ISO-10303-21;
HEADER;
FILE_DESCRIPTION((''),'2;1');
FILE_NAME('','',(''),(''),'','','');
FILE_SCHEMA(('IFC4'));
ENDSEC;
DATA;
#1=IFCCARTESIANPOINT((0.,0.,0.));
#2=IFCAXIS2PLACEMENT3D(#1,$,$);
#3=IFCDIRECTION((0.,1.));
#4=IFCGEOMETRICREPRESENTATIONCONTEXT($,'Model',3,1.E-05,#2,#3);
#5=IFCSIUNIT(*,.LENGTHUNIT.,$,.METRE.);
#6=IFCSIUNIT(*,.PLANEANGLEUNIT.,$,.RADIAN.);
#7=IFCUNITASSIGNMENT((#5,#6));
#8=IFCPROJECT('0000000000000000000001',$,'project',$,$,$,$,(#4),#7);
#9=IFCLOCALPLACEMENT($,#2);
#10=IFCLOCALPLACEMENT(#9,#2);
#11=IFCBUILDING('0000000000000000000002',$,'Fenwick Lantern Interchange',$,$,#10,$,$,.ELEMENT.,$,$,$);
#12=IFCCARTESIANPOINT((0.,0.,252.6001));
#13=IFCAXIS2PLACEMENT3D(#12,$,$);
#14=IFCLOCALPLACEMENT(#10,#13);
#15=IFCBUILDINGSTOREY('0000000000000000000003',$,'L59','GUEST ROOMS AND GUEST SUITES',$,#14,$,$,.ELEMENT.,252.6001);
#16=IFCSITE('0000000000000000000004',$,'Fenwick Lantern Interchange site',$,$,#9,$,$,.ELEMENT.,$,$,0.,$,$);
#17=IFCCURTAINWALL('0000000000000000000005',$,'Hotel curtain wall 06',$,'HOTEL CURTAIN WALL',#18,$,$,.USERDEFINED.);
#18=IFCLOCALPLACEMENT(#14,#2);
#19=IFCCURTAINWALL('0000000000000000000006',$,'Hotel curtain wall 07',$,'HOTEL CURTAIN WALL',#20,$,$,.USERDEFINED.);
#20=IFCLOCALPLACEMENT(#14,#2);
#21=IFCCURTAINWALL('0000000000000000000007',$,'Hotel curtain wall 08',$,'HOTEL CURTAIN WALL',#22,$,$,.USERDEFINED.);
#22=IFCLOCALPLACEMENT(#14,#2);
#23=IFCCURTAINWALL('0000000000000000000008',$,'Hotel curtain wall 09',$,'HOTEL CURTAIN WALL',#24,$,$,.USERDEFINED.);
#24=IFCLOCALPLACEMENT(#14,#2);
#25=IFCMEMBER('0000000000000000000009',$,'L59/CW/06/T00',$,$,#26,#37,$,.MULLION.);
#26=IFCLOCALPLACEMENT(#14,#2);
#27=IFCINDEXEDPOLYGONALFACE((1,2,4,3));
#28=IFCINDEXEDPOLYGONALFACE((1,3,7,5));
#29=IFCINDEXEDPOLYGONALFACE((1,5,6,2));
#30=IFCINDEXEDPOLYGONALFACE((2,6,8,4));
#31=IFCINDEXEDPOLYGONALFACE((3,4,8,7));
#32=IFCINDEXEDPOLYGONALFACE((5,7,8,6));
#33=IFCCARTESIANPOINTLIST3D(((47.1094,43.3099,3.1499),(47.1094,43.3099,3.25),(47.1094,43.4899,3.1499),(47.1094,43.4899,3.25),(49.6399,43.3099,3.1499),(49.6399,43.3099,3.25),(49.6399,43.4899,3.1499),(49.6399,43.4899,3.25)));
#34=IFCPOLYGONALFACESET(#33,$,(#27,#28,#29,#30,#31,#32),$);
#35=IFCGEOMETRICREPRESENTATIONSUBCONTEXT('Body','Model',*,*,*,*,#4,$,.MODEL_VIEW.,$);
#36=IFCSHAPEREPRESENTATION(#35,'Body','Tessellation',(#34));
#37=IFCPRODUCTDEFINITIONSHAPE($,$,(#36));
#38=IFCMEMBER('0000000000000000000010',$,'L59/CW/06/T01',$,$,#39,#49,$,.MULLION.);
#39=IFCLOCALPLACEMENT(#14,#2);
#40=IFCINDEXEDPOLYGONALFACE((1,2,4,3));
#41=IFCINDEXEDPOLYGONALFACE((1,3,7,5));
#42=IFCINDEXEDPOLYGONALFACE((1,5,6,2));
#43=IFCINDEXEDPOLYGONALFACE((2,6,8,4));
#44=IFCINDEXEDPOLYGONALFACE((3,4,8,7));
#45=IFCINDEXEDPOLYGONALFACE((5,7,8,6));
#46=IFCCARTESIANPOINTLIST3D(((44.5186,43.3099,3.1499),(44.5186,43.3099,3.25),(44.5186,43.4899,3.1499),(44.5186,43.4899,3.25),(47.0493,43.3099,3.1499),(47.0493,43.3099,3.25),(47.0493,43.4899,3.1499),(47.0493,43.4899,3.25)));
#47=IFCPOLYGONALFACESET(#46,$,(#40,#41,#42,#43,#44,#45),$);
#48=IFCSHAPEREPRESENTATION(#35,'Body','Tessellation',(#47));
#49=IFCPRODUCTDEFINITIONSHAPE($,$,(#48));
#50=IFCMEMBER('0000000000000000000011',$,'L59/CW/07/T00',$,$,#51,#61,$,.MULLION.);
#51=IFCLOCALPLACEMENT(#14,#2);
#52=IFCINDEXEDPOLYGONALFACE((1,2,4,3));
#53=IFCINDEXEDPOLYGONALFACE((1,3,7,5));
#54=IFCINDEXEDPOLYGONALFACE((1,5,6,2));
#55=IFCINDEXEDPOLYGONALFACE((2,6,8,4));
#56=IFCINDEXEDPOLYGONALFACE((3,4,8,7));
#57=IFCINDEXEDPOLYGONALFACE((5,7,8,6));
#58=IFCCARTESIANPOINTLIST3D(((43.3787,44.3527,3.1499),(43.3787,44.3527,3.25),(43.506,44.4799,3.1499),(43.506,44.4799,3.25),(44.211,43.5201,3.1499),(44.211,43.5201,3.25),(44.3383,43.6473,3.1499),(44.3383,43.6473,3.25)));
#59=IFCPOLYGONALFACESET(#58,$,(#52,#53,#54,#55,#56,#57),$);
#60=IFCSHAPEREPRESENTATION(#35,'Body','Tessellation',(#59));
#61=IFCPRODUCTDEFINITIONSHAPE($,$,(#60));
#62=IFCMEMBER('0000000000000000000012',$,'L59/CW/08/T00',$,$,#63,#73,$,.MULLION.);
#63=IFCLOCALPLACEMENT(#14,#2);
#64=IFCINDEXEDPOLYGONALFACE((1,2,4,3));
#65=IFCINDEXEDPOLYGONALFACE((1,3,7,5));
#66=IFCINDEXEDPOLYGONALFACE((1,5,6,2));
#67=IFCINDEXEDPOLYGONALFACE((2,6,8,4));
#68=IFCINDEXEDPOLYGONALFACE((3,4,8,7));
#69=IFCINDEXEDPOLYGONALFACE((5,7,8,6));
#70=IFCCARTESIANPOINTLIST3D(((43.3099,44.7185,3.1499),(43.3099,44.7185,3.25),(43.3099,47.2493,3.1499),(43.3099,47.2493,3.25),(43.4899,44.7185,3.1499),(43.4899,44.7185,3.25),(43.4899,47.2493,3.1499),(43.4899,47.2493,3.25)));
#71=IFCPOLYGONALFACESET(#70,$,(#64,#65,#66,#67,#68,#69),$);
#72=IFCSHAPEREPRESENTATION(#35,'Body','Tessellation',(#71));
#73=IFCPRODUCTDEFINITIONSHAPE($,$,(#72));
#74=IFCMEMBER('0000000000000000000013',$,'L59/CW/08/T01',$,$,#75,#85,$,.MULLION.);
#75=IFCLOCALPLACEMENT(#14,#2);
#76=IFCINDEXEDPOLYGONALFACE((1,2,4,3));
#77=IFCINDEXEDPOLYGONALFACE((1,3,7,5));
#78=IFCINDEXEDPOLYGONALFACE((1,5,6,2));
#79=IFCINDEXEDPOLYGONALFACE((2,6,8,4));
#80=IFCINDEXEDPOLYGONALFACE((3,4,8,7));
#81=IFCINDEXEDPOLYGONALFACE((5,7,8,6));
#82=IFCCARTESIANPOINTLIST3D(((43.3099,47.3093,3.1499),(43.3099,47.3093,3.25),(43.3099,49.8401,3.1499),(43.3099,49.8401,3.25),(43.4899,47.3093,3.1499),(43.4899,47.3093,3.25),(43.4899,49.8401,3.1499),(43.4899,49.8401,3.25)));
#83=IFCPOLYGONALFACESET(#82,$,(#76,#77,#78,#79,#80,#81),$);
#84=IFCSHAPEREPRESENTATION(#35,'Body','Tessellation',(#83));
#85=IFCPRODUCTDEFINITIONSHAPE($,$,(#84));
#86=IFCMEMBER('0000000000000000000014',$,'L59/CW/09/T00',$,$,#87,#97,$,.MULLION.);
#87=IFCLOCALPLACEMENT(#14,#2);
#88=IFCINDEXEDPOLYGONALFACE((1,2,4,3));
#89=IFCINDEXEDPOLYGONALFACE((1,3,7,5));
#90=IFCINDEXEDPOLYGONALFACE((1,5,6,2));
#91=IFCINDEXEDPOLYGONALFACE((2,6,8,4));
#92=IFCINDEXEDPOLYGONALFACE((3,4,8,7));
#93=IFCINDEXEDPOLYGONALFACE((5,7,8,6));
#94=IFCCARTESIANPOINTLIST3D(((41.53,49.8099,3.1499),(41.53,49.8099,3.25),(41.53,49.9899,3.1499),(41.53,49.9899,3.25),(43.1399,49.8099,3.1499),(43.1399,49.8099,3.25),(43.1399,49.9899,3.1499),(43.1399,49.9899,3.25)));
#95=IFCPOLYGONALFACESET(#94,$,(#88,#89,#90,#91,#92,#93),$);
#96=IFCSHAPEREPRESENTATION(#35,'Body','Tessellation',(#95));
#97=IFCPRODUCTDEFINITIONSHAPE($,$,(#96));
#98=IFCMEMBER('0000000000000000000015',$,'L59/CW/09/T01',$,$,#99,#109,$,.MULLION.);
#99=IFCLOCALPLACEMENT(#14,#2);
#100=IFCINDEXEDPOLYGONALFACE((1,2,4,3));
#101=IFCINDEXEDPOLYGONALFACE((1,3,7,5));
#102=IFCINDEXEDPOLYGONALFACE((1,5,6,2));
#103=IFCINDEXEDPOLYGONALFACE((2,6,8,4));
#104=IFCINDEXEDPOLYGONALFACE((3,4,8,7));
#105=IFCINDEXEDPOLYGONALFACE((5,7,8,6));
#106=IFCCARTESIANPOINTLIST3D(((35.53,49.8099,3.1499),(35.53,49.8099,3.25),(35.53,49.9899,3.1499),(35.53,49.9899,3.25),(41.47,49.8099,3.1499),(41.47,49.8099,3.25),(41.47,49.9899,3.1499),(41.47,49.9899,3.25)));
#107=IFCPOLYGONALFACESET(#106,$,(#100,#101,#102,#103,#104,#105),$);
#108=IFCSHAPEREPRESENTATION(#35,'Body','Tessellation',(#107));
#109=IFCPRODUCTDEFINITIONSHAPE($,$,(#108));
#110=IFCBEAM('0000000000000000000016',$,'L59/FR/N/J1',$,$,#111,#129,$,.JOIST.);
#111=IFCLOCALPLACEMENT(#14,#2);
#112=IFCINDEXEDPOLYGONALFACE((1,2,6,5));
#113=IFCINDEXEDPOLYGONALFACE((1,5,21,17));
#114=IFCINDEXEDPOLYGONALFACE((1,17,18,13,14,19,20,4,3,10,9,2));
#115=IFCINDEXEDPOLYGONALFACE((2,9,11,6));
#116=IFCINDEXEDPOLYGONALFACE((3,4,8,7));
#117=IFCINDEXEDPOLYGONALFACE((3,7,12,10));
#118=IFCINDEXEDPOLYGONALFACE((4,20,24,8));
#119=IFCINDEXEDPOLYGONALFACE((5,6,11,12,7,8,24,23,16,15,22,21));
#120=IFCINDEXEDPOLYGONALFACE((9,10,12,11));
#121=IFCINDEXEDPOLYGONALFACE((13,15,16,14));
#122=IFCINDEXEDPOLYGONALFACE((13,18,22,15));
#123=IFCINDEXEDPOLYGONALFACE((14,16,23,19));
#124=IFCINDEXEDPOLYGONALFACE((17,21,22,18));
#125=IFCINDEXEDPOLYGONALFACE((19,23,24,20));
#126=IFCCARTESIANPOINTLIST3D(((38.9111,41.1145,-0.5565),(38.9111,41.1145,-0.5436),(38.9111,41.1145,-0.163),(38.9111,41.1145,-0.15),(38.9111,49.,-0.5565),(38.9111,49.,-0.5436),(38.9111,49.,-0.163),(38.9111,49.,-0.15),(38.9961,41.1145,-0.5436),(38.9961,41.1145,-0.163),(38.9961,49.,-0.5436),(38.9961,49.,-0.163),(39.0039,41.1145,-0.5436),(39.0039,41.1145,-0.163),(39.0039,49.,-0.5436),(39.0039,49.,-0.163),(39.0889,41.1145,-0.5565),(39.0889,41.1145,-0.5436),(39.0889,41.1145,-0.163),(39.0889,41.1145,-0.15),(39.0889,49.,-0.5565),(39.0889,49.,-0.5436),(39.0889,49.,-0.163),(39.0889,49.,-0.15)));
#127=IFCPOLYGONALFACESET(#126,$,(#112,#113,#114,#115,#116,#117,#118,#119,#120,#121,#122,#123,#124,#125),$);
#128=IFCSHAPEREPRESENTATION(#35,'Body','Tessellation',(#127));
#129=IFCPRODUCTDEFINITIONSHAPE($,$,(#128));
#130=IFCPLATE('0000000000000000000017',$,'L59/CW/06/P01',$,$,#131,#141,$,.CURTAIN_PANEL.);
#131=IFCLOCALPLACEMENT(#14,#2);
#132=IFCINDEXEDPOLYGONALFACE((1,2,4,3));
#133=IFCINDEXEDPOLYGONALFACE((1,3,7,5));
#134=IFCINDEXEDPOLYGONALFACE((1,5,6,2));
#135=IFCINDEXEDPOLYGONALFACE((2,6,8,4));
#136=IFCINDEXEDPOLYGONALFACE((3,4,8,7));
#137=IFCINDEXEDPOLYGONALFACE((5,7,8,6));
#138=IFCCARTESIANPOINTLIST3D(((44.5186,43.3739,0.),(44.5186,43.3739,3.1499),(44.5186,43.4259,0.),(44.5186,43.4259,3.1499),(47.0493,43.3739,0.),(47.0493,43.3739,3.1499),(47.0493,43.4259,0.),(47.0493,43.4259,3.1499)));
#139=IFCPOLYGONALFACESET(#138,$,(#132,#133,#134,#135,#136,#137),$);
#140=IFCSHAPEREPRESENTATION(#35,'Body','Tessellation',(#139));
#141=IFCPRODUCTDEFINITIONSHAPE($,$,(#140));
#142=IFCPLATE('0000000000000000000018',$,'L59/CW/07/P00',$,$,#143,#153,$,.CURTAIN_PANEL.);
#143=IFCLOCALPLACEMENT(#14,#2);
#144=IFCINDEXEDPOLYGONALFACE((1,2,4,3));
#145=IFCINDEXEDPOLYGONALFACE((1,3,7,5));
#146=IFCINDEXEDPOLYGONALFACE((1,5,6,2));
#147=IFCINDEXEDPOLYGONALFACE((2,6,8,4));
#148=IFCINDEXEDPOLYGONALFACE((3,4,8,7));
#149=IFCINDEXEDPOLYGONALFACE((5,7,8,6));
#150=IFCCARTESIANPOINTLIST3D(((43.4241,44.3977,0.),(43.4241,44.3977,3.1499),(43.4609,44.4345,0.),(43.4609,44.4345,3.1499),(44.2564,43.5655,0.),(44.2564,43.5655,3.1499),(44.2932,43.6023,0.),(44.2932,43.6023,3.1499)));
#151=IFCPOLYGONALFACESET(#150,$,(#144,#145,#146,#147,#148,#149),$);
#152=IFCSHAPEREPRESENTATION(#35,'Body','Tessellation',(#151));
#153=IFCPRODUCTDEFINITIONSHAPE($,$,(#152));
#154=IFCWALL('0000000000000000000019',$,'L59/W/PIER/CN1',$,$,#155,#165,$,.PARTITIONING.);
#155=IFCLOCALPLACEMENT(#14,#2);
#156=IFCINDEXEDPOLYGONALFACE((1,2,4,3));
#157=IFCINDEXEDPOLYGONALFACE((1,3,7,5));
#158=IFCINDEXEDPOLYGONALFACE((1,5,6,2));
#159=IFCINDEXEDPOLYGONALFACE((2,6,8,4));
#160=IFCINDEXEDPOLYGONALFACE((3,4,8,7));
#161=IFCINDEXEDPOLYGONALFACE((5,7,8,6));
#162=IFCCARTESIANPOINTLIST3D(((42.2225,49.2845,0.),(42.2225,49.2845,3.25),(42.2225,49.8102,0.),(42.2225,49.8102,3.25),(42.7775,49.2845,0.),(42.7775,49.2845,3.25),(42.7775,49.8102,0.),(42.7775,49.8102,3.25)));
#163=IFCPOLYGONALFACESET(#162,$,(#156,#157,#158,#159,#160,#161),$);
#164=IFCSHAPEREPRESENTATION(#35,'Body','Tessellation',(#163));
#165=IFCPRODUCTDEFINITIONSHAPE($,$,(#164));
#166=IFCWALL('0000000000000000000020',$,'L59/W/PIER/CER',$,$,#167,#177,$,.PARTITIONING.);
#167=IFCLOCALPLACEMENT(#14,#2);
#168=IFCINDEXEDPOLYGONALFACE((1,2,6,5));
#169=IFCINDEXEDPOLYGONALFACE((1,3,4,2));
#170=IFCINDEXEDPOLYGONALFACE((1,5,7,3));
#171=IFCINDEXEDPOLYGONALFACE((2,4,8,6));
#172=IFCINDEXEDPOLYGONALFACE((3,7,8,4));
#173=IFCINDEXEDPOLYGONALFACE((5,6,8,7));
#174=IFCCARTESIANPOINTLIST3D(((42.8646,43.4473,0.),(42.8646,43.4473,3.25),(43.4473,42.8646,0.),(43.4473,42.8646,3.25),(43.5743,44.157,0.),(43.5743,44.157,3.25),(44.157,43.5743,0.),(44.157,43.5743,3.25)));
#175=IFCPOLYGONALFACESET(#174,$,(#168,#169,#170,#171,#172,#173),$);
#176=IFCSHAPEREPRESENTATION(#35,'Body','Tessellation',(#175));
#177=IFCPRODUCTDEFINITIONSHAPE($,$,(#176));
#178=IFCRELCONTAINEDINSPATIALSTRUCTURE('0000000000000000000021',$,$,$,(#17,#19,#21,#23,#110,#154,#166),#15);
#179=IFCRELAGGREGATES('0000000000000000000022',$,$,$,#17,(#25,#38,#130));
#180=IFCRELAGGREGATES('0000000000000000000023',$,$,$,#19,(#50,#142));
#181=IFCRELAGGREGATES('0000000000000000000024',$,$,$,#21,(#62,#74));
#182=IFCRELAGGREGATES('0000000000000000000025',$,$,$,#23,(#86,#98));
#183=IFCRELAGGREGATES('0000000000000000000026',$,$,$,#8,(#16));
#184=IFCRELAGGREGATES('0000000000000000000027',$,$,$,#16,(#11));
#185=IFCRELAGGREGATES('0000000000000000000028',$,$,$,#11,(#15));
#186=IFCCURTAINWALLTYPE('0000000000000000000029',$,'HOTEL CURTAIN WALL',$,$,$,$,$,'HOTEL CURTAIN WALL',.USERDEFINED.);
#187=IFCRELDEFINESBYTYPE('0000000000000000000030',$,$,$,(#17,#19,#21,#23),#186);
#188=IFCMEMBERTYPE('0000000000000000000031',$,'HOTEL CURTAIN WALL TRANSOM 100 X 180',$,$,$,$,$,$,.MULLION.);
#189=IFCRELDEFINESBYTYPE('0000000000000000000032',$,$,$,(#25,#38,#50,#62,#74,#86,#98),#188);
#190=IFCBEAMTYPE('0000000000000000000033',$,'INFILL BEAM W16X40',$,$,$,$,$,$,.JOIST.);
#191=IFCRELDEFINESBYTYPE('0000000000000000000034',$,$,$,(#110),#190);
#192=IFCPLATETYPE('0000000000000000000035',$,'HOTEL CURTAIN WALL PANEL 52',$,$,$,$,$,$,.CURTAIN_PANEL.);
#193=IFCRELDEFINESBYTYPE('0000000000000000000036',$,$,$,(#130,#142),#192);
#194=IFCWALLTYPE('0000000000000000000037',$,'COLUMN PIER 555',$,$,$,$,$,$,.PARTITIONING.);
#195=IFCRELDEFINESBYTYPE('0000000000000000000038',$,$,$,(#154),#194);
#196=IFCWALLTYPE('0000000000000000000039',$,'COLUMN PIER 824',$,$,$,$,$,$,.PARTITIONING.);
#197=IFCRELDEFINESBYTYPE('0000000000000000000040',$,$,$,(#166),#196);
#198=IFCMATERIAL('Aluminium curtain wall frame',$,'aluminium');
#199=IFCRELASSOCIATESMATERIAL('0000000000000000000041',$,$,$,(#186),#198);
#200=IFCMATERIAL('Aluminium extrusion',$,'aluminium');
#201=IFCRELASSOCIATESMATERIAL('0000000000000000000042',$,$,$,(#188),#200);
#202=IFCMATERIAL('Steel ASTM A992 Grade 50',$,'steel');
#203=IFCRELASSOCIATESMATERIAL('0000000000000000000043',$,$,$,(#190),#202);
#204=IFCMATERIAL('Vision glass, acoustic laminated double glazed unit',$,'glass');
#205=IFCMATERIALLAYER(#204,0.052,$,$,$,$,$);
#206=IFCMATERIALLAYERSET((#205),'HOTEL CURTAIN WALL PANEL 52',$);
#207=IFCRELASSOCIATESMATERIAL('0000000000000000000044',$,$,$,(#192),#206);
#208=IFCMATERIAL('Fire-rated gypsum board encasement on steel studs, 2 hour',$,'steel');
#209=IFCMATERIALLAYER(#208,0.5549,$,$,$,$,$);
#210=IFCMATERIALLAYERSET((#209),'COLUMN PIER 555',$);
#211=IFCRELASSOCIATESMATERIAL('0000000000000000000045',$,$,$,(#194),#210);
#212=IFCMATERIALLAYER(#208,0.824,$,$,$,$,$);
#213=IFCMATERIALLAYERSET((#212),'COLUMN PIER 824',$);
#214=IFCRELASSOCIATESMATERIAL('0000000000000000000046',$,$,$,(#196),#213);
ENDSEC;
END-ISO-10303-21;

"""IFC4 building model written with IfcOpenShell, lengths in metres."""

from ifc_helpers import new_model, si_unit, direction, frame, frame_2d, origin, origin_2d, place, context, subcontext, project, spatial, rectangle, i_section, extrude, material, layer, layer_set, material_profile, profile_set, type_object, element, aggregate, save


model = new_model("IFC4")

# Units and contexts
model_context = context("Model", 3, precision=1e-05, world=origin(), true_north=direction((0.0, 1.0)))
body_context = subcontext(model_context, "Body", "Model", "MODEL_VIEW")
ifc_project = project(units=[si_unit("LENGTHUNIT", "METRE"), si_unit("PLANEANGLEUNIT", "RADIAN")], contexts=[model_context])

# Site, building, storey
site_placement = place(None, origin())
site = spatial("IfcSite", under=ifc_project, at=site_placement, Name="Fenwick Lantern Interchange site", CompositionType="ELEMENT", RefElevation=0.0)
building_placement = place(site_placement, origin())
building = spatial("IfcBuilding", under=site, at=building_placement, Name="Fenwick Lantern Interchange", CompositionType="ELEMENT")
storey_placement = place(building_placement, frame((0.0, 0.0, 252.6001)))
storey = spatial("IfcBuildingStorey", under=building, at=storey_placement, Name="L59", Description="GUEST ROOMS AND GUEST SUITES", CompositionType="ELEMENT", Elevation=252.6001)

# Shared definitions
ifc_material_1 = material(Name="Steel ASTM A992 Grade 50", Category="steel")

# Shared definitions
ifc_material_2 = material(Name="Aluminium curtain wall frame", Category="aluminium")
curtain_wall_type = type_object("IfcCurtainWallType", Name="HOTEL CURTAIN WALL", ElementType="HOTEL CURTAIN WALL", PredefinedType="USERDEFINED", material=ifc_material_2)
ifc_material_3 = material(Name="Aluminium extrusion", Category="aluminium")

# Curtain walls
curtain_wall_1_placement = place(storey_placement, origin())
curtain_wall_1 = element("IfcCurtainWall", 1, at=curtain_wall_1_placement, inside=storey, type_object=curtain_wall_type, Name="Hotel curtain wall 06", ObjectType="HOTEL CURTAIN WALL", PredefinedType="USERDEFINED")
curtain_wall_2_placement = place(storey_placement, origin())
curtain_wall_2 = element("IfcCurtainWall", 2, at=curtain_wall_2_placement, inside=storey, type_object=curtain_wall_type, Name="Hotel curtain wall 07", ObjectType="HOTEL CURTAIN WALL", PredefinedType="USERDEFINED")
curtain_wall_3_placement = place(storey_placement, origin())
curtain_wall_3 = element("IfcCurtainWall", 3, at=curtain_wall_3_placement, inside=storey, type_object=curtain_wall_type, Name="Hotel curtain wall 08", ObjectType="HOTEL CURTAIN WALL", PredefinedType="USERDEFINED")
curtain_wall_4_placement = place(storey_placement, origin())
curtain_wall_4 = element("IfcCurtainWall", 4, at=curtain_wall_4_placement, inside=storey, type_object=curtain_wall_type, Name="Hotel curtain wall 09", ObjectType="HOTEL CURTAIN WALL", PredefinedType="USERDEFINED")

# Members
ifc_material_profile_1 = material_profile(ifc_material_3, rectangle(XDim=0.1799, YDim=0.1001, at=origin_2d()), Name="HOTEL CURTAIN WALL TRANSOM 100 X 180")
ifc_profile_set_1 = profile_set([ifc_material_profile_1], Name="Aluminium extrusion")
member_type_1 = type_object("IfcMemberType", Name="HOTEL CURTAIN WALL TRANSOM 100 X 180", PredefinedType="MULLION", material=ifc_profile_set_1)
member_1_placement = place(storey_placement, frame((49.6399, 43.3999, 3.2), z_axis=(-1.0, 0.0, 0.0), x_axis=(0.0, -1.0, 0.0)))
member_1 = element("IfcMember", 5, at=member_1_placement, type_object=member_type_1, Name="L59/CW/06/T00", PredefinedType="MULLION", context=body_context, shape_type="SweptSolid", body=[
    extrude(rectangle(XDim=0.1799, YDim=0.1001, at=origin_2d()), origin(), (0.0, 0.0, 1.0), 2.5305),
])
member_2_placement = place(storey_placement, frame((47.0493, 43.3999, 3.2), z_axis=(-1.0, 0.0, 0.0), x_axis=(0.0, -1.0, 0.0)))
member_2 = element("IfcMember", 6, at=member_2_placement, type_object=member_type_1, Name="L59/CW/06/T01", PredefinedType="MULLION", context=body_context, shape_type="SweptSolid", body=[
    extrude(rectangle(XDim=0.1799, YDim=0.1001, at=origin_2d()), origin(), (0.0, 0.0, 1.0), 2.5308),
])
member_3_placement = place(storey_placement, frame((44.2747, 43.5837, 3.2), z_axis=(-0.707003, 0.70721, 0.0), x_axis=(-0.70721, -0.707003, 0.0)))
member_3 = element("IfcMember", 7, at=member_3_placement, type_object=member_type_1, Name="L59/CW/07/T00", PredefinedType="MULLION", context=body_context, shape_type="SweptSolid", body=[
    extrude(rectangle(XDim=0.1799, YDim=0.1001, at=origin_2d()), origin(), (0.0, 0.0, 1.0), 1.1772),
])
member_4_placement = place(storey_placement, frame((43.3999, 44.7185, 3.2), z_axis=(0.0, 1.0, 0.0), x_axis=(-1.0, 0.0, 0.0)))
member_4 = element("IfcMember", 8, at=member_4_placement, type_object=member_type_1, Name="L59/CW/08/T00", PredefinedType="MULLION", context=body_context, shape_type="SweptSolid", body=[
    extrude(rectangle(XDim=0.1799, YDim=0.1001, at=origin_2d()), origin(), (0.0, 0.0, 1.0), 2.5308),
])
member_5_placement = place(storey_placement, frame((43.3999, 47.3093, 3.2), z_axis=(0.0, 1.0, 0.0), x_axis=(-1.0, 0.0, 0.0)))
member_5 = element("IfcMember", 9, at=member_5_placement, type_object=member_type_1, Name="L59/CW/08/T01", PredefinedType="MULLION", context=body_context, shape_type="SweptSolid", body=[
    extrude(rectangle(XDim=0.1799, YDim=0.1001, at=origin_2d()), origin(), (0.0, 0.0, 1.0), 2.5308),
])
member_6_placement = place(storey_placement, frame((43.1399, 49.8999, 3.2), z_axis=(-1.0, 0.0, 0.0), x_axis=(0.0, -1.0, 0.0)))
member_6 = element("IfcMember", 10, at=member_6_placement, type_object=member_type_1, Name="L59/CW/09/T00", PredefinedType="MULLION", context=body_context, shape_type="SweptSolid", body=[
    extrude(rectangle(XDim=0.1799, YDim=0.1001, at=origin_2d()), origin(), (0.0, 0.0, 1.0), 1.6099),
])
member_7_placement = place(storey_placement, frame((41.47, 49.8999, 3.2), z_axis=(-1.0, 0.0, 0.0), x_axis=(0.0, -1.0, 0.0)))
member_7 = element("IfcMember", 11, at=member_7_placement, type_object=member_type_1, Name="L59/CW/09/T01", PredefinedType="MULLION", context=body_context, shape_type="SweptSolid", body=[
    extrude(rectangle(XDim=0.1799, YDim=0.1001, at=origin_2d()), origin(), (0.0, 0.0, 1.0), 5.9399),
])

# Beam
ifc_material_profile_2 = material_profile(ifc_material_1, i_section(OverallWidth=0.1777, OverallDepth=0.4065, WebThickness=0.0078, FlangeThickness=0.0129, at=origin_2d()), Name="W16X40")
ifc_profile_set_2 = profile_set([ifc_material_profile_2], Name="Steel ASTM A992 Grade 50")
beam_type_1 = type_object("IfcBeamType", Name="INFILL BEAM W16X40", PredefinedType="JOIST", material=ifc_profile_set_2)
beam_1_placement = place(storey_placement, frame((39.0, 49.0, -0.3533), z_axis=(0.0, -1.0, 0.0), x_axis=(1.0, 0.0, 0.0)))
element("IfcBeam", 12, at=beam_1_placement, inside=storey, type_object=beam_type_1, Name="L59/FR/N/J1", PredefinedType="JOIST", context=body_context, shape_type="SweptSolid", body=[
    extrude(i_section(OverallWidth=0.1777, OverallDepth=0.4065, WebThickness=0.0078, FlangeThickness=0.0129, at=origin_2d()), origin(), (0.0, 0.0, 1.0), 7.8855),
])

# Plates
ifc_material_4 = material(Name="Vision glass, acoustic laminated double glazed unit", Category="glass")
ifc_layer_1 = layer(ifc_material_4, 0.052)
ifc_layer_set_1 = layer_set([ifc_layer_1], Name="HOTEL CURTAIN WALL PANEL 52")
plate_type = type_object("IfcPlateType", Name="HOTEL CURTAIN WALL PANEL 52", PredefinedType="CURTAIN_PANEL", material=ifc_layer_set_1)
plate_1_placement = place(storey_placement, frame((45.7839, 43.3999, 0.0), z_axis=(0.0, 0.0, 1.0), x_axis=(-1.0, 0.0, 0.0)))
plate_1 = element("IfcPlate", 13, at=plate_1_placement, type_object=plate_type, Name="L59/CW/06/P01", PredefinedType="CURTAIN_PANEL", context=body_context, shape_type="SweptSolid", body=[
    extrude(rectangle(XDim=2.5308, YDim=0.052, at=origin_2d()), origin(), (0.0, 0.0, 1.0), 3.1499),
])
aggregate(curtain_wall_1, [member_1, member_2, plate_1])
plate_2_placement = place(storey_placement, frame((43.8586, 44.0, 0.0), z_axis=(0.0, 0.0, 1.0), x_axis=(-0.707107, 0.707107, 0.0)))
plate_2 = element("IfcPlate", 14, at=plate_2_placement, type_object=plate_type, Name="L59/CW/07/P00", PredefinedType="CURTAIN_PANEL", context=body_context, shape_type="SweptSolid", body=[
    extrude(rectangle(XDim=1.177, YDim=0.052, at=origin_2d()), origin(), (0.0, 0.0, 1.0), 3.1499),
])
aggregate(curtain_wall_2, [member_3, plate_2])
aggregate(curtain_wall_3, [member_4, member_5])
aggregate(curtain_wall_4, [member_6, member_7])

# Walls
ifc_material_5 = material(Name="Fire-rated gypsum board encasement on steel studs, 2 hour", Category="steel")
ifc_layer_2 = layer(ifc_material_5, 0.5549)
ifc_layer_set_2 = layer_set([ifc_layer_2], Name="COLUMN PIER 555")
wall_type_1 = type_object("IfcWallType", Name="COLUMN PIER 555", PredefinedType="PARTITIONING", material=ifc_layer_set_2)
wall_1_placement = place(storey_placement, frame((42.5, 49.8101, 0.0), z_axis=(0.0, 0.0, 1.0), x_axis=(0.0, -1.0, 0.0)))
element("IfcWall", 15, at=wall_1_placement, inside=storey, type_object=wall_type_1, Name="L59/W/PIER/CN1", PredefinedType="PARTITIONING", context=body_context, shape_type="SweptSolid", body=[
    extrude(rectangle(XDim=0.5256, YDim=0.5549, at=frame_2d((0.2627, 0.0))), origin(), (0.0, 0.0, 1.0), 3.25),
])
ifc_layer_3 = layer(ifc_material_5, 0.824)
ifc_layer_set_3 = layer_set([ifc_layer_3], Name="COLUMN PIER 824")
wall_type_2 = type_object("IfcWallType", Name="COLUMN PIER 824", PredefinedType="PARTITIONING", material=ifc_layer_set_3)
wall_2_placement = place(storey_placement, frame((43.8657, 43.8657, 0.0), z_axis=(0.0, 0.0, 1.0), x_axis=(-0.707107, -0.707107, 0.0)))
element("IfcWall", 16, at=wall_2_placement, inside=storey, type_object=wall_type_2, Name="L59/W/PIER/CER", PredefinedType="PARTITIONING", context=body_context, shape_type="SweptSolid", body=[
    extrude(rectangle(XDim=1.0037, YDim=0.824, at=frame_2d((0.502, 0.0))), origin(), (0.0, 0.0, 1.0), 3.25),
])

save(model, "model.ifc")
